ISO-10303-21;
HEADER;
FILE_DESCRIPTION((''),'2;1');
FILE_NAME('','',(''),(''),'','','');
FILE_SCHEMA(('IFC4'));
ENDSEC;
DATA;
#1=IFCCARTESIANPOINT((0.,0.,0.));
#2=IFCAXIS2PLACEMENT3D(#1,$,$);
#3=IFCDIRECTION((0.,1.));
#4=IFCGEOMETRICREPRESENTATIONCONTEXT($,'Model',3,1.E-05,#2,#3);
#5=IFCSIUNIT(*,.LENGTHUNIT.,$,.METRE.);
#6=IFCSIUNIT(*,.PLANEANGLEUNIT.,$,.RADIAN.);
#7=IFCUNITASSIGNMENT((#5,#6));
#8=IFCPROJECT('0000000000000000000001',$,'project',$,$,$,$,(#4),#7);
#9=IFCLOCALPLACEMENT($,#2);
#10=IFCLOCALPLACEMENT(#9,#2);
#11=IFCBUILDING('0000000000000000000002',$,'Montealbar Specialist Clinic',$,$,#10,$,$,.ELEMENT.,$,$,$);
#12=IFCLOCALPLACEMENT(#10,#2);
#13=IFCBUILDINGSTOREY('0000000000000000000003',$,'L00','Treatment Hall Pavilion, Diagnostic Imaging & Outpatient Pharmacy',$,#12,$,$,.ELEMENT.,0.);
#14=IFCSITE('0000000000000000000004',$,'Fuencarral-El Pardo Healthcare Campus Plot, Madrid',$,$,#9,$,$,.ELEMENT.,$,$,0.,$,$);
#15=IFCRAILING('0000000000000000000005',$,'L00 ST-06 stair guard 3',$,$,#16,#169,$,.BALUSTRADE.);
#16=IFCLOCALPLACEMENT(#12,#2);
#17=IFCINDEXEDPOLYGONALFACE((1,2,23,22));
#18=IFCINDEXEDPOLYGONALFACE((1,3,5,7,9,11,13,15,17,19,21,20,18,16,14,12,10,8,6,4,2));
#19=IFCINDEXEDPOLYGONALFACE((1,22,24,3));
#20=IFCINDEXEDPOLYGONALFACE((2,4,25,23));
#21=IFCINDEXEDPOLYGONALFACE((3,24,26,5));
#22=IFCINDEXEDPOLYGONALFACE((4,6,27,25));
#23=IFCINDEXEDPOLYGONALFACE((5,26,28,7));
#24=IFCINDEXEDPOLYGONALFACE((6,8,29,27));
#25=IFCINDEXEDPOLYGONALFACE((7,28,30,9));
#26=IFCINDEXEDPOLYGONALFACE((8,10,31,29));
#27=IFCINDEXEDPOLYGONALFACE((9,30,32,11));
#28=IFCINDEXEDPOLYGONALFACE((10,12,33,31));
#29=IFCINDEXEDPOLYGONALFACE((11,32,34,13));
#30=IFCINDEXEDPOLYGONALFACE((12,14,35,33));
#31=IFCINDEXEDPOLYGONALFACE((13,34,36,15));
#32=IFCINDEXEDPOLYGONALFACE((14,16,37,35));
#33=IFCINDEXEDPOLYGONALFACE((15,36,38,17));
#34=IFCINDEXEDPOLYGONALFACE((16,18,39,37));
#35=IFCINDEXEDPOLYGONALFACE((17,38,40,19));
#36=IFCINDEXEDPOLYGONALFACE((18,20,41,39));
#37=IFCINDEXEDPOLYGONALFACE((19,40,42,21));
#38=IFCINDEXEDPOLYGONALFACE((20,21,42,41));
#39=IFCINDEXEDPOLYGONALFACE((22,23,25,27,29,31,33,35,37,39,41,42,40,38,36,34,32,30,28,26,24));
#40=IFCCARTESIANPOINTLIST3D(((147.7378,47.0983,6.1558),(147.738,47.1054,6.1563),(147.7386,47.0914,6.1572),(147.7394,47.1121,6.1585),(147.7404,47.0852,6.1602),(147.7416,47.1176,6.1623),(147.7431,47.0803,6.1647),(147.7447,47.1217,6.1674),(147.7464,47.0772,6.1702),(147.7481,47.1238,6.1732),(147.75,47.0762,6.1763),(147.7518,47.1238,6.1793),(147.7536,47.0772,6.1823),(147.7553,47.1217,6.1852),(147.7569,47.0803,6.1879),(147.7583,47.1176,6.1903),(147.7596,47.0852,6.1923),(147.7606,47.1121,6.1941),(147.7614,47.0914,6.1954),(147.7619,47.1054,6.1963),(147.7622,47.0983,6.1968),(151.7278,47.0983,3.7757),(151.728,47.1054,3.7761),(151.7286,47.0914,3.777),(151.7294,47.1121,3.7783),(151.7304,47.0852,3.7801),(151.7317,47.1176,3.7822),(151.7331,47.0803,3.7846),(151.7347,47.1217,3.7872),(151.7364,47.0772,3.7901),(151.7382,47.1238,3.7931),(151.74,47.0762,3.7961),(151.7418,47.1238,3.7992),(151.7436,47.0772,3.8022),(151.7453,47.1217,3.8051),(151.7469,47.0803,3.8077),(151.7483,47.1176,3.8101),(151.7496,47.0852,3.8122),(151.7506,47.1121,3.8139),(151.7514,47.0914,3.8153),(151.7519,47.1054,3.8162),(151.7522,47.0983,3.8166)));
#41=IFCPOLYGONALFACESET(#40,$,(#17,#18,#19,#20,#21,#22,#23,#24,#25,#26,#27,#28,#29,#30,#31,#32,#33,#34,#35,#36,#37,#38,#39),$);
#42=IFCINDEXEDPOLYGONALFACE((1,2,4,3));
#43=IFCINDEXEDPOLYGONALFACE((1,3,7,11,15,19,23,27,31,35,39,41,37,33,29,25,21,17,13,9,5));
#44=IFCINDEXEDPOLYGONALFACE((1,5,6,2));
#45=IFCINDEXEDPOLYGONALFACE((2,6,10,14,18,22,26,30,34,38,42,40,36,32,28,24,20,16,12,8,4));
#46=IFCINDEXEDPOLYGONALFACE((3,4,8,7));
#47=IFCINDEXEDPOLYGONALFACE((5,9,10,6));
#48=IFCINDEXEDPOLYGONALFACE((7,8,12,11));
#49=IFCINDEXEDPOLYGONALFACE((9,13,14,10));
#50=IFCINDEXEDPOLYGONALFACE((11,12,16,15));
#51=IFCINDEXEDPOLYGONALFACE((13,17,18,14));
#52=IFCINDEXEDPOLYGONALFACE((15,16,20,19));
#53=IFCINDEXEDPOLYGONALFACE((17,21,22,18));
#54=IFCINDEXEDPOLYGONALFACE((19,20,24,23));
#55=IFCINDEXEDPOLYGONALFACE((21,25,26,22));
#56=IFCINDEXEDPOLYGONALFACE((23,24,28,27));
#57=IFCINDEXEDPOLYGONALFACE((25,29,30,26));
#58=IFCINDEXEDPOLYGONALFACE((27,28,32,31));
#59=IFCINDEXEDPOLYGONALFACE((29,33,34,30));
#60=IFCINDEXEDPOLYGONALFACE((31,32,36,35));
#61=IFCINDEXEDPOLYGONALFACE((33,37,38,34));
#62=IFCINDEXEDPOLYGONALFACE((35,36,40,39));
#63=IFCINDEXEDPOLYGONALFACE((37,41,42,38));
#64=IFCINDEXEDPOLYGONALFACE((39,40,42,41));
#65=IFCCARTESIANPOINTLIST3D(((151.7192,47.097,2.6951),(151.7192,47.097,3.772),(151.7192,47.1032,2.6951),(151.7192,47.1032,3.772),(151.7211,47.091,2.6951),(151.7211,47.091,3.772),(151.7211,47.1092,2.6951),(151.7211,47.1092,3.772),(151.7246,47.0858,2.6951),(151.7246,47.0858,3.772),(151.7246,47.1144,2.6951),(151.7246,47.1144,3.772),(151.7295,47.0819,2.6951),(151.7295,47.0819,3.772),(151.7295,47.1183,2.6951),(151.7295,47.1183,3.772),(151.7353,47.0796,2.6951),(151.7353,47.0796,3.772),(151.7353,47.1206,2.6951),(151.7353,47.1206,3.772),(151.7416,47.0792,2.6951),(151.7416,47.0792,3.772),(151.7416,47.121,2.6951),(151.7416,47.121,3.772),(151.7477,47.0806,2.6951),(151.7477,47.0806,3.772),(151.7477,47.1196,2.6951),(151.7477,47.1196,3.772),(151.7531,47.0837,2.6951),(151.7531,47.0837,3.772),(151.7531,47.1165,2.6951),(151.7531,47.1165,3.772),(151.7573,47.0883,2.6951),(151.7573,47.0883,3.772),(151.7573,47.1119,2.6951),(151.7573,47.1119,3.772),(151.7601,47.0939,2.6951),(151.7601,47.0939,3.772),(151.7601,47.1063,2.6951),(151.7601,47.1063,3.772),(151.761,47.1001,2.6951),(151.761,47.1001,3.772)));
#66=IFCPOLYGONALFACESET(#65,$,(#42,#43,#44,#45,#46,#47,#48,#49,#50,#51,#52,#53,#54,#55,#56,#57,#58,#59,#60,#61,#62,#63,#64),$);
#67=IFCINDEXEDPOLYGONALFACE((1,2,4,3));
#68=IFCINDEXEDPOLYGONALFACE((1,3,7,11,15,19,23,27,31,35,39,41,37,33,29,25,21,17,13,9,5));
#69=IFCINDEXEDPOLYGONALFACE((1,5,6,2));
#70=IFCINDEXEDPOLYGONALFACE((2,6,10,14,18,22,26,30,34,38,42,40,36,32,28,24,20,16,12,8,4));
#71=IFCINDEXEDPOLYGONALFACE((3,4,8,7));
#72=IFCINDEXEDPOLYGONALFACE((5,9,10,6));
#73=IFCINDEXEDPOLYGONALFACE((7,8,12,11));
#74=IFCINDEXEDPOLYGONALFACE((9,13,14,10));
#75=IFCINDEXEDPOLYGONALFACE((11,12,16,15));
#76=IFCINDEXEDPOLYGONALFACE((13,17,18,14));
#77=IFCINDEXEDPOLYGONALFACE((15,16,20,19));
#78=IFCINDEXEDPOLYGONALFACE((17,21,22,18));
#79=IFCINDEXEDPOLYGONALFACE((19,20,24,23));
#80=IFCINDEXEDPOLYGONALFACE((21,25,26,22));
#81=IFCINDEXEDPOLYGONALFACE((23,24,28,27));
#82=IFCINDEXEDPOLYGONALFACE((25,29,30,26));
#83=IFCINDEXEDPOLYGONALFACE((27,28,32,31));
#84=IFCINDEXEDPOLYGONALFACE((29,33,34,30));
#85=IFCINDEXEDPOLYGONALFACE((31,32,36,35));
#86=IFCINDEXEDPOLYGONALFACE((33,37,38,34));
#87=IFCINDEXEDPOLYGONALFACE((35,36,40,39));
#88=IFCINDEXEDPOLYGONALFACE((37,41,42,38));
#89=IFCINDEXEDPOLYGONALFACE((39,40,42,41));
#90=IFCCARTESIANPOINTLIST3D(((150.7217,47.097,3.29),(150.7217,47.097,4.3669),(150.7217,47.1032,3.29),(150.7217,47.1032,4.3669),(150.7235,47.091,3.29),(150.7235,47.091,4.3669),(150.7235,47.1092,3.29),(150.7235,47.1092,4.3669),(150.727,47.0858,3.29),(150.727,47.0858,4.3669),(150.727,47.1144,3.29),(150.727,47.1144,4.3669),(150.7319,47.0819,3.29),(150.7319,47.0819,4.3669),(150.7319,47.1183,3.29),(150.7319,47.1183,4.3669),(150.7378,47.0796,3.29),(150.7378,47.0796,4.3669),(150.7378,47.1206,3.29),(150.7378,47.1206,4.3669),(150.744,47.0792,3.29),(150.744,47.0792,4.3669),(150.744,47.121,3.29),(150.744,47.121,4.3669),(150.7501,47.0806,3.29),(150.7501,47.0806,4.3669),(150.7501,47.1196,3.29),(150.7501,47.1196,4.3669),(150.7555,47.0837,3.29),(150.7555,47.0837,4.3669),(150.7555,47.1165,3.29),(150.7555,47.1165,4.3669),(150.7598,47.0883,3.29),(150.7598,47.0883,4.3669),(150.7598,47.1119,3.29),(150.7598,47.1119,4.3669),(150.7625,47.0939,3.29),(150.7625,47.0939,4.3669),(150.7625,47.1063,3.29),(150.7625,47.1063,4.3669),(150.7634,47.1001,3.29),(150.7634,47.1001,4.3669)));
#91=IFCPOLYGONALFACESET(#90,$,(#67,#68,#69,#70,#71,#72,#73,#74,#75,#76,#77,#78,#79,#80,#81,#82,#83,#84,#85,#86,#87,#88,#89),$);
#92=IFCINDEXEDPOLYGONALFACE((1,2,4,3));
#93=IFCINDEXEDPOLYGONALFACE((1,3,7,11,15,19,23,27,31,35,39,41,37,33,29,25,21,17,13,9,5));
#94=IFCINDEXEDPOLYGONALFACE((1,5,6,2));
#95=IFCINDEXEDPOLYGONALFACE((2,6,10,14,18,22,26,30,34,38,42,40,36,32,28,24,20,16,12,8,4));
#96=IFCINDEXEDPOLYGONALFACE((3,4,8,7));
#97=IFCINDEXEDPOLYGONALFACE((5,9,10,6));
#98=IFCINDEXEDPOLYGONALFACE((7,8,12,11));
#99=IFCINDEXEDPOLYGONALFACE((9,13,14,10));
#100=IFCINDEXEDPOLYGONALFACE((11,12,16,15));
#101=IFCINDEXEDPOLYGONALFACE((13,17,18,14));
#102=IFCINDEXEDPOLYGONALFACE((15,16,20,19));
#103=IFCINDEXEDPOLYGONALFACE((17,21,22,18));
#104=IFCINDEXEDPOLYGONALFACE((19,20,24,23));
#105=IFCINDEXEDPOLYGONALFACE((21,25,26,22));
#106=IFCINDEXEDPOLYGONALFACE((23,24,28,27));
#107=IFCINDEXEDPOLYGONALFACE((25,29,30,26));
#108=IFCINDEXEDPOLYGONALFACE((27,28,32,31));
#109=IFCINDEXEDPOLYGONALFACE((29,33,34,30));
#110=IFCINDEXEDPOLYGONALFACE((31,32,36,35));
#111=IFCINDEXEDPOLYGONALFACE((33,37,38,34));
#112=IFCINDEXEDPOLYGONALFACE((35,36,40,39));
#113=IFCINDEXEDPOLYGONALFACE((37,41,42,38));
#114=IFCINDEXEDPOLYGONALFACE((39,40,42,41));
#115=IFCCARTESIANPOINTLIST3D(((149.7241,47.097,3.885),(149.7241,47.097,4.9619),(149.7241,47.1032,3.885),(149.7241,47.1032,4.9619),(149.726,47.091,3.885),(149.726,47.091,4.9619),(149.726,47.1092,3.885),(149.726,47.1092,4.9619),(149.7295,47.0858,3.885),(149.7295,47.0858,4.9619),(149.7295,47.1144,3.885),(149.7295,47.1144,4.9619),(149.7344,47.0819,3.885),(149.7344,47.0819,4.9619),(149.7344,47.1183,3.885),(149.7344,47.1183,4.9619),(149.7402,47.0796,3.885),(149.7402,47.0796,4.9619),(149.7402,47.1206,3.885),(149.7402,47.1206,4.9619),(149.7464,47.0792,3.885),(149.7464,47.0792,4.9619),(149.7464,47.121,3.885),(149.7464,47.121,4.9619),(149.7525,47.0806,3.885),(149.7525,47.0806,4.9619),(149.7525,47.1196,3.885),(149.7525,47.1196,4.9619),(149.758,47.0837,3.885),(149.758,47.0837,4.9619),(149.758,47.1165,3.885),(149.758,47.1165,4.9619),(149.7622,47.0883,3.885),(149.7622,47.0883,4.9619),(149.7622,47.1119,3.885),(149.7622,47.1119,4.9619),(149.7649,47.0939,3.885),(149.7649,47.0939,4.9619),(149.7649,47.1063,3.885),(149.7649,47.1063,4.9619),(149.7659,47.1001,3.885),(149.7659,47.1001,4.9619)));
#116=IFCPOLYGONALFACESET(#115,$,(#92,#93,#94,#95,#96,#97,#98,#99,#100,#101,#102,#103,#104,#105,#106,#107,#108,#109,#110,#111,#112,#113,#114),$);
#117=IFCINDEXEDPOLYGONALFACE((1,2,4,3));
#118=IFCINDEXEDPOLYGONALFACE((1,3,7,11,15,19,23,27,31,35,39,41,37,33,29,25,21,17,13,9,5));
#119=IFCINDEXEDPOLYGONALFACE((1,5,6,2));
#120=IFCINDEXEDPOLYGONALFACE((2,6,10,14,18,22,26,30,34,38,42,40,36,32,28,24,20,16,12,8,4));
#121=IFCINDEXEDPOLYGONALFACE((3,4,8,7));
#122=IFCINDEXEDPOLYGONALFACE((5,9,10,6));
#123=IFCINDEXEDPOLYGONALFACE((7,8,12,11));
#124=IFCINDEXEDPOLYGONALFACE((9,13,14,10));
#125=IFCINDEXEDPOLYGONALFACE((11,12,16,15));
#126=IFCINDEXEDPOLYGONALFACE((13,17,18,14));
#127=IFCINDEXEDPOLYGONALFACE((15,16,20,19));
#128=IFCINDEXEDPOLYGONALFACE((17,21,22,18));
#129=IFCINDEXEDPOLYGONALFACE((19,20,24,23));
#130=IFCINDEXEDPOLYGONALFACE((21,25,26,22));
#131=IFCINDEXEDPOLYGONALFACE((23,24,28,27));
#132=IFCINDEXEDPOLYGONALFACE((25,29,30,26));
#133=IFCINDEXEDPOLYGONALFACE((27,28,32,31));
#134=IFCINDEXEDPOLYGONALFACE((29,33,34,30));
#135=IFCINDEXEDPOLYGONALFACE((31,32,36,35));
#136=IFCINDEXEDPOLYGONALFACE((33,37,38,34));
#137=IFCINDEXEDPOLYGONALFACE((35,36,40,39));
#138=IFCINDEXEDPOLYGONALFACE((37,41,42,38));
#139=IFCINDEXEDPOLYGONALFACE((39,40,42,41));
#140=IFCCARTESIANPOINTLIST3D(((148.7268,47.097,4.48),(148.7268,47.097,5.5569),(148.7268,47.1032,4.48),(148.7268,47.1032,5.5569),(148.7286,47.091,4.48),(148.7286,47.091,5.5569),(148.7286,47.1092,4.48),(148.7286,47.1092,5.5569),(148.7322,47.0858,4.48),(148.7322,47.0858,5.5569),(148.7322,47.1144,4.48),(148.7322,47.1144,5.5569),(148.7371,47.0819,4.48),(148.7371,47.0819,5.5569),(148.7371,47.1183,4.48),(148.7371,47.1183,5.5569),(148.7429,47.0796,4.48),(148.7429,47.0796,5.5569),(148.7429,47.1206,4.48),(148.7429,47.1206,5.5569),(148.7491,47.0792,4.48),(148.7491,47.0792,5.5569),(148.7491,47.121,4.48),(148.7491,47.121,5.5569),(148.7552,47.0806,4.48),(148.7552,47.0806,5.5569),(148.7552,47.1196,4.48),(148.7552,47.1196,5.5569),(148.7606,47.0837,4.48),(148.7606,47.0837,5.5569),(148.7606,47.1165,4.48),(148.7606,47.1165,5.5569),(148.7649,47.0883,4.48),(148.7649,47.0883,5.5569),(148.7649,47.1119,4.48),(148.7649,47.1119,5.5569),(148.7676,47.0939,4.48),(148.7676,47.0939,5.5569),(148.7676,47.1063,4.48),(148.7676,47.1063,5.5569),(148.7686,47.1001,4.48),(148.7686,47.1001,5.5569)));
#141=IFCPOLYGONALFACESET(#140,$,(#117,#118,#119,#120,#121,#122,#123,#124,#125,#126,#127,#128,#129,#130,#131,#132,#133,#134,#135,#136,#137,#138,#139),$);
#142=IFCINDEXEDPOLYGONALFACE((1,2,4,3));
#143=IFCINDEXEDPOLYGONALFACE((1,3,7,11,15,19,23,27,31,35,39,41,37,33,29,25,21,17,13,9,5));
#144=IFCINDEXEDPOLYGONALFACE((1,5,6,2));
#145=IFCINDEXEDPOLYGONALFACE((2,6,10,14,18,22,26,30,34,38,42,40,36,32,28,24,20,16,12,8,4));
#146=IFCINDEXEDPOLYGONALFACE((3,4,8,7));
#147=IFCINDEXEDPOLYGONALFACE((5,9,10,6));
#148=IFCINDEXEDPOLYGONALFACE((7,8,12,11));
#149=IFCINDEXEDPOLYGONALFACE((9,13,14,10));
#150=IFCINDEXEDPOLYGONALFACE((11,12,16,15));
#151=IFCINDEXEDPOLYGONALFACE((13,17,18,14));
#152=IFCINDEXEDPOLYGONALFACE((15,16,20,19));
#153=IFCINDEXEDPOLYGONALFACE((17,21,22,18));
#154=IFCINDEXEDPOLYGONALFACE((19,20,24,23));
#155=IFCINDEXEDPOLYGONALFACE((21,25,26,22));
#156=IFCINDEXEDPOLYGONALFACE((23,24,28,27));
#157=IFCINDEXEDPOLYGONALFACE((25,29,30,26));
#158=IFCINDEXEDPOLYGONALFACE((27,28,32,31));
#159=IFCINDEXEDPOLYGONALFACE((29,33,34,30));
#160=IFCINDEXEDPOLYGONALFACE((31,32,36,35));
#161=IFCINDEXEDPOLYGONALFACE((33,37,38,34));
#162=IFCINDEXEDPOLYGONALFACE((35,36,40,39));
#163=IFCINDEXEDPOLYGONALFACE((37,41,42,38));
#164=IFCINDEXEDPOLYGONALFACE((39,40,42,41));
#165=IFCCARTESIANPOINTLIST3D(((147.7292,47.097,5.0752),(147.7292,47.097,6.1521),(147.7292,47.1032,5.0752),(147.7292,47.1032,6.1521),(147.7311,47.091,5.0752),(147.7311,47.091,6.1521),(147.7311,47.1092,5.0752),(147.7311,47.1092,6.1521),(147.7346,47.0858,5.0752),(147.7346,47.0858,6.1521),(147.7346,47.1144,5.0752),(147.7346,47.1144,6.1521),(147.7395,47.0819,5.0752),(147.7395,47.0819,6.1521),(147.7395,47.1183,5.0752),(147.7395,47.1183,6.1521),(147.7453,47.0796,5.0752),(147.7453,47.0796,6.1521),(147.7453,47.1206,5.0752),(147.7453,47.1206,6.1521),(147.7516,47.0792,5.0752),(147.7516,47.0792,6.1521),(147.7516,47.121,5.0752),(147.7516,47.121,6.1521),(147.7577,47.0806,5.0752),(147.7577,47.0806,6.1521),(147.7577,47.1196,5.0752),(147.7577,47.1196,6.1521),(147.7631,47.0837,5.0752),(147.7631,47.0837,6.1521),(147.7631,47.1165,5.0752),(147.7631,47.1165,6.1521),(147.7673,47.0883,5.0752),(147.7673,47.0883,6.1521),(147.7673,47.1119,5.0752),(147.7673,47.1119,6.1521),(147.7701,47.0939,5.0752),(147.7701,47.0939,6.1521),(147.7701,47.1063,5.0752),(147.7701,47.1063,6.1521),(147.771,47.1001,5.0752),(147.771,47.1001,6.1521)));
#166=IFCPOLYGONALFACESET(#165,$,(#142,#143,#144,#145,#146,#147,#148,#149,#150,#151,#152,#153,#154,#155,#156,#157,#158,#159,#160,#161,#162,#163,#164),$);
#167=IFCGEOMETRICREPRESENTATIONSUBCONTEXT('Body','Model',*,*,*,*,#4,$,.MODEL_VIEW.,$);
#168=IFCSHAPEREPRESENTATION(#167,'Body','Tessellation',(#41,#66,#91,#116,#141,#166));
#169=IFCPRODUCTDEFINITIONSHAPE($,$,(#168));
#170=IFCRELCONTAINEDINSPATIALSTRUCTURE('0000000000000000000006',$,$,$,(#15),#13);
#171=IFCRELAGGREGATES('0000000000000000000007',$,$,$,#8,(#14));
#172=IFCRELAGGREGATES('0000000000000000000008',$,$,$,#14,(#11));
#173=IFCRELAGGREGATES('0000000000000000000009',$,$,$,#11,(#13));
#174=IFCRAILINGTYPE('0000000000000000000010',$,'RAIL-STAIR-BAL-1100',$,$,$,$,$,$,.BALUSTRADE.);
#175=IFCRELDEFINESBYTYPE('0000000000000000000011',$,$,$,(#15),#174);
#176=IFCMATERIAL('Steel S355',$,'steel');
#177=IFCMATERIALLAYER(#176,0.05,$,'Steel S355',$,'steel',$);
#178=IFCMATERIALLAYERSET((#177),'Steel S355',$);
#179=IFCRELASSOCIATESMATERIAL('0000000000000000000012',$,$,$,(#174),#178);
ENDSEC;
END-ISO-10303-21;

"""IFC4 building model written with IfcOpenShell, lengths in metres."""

from ifc_helpers import new_model, si_unit, direction, frame, origin, origin_2d, place, context, subcontext, project, spatial, circle, extrude, material, layer, layer_set, type_object, element, save


model = new_model("IFC4")

# Units and contexts
model_context = context("Model", 3, precision=1e-05, world=origin(), true_north=direction((0.0, 1.0)))
body_context = subcontext(model_context, "Body", "Model", "MODEL_VIEW")
ifc_project = project(units=[si_unit("LENGTHUNIT", "METRE"), si_unit("PLANEANGLEUNIT", "RADIAN")], contexts=[model_context])

# Site, building, storey
site_placement = place(None, origin())
site = spatial("IfcSite", under=ifc_project, at=site_placement, Name="Fuencarral-El Pardo Healthcare Campus Plot, Madrid", CompositionType="ELEMENT", RefElevation=0.0)
building_placement = place(site_placement, origin())
building = spatial("IfcBuilding", under=site, at=building_placement, Name="Montealbar Specialist Clinic", CompositionType="ELEMENT")
storey_placement = place(building_placement, origin())
storey = spatial("IfcBuildingStorey", under=building, at=storey_placement, Name="L00", Description="Treatment Hall Pavilion, Diagnostic Imaging & Outpatient Pharmacy", CompositionType="ELEMENT", Elevation=0.0)

# Shared definitions
ifc_material_1 = material(Name="Steel S355", Category="steel")

# Railing
ifc_layer_1 = layer(ifc_material_1, 0.05, Name="Steel S355", Category="steel")
ifc_layer_set_1 = layer_set([ifc_layer_1], Name="Steel S355")
railing_type_1 = type_object("IfcRailingType", Name="RAIL-STAIR-BAL-1100", PredefinedType="BALUSTRADE", material=ifc_layer_set_1)
railing_1_placement = place(storey_placement, frame((151.74, 47.1001, 2.72)))
element("IfcRailing", 1, at=railing_1_placement, inside=storey, type_object=railing_type_1, Name="L00 ST-06 stair guard 3", PredefinedType="BALUSTRADE", context=body_context, shape_type="SweptSolid", body=[
    extrude(circle(Radius=0.0239, at=origin_2d()), frame((0.0, 0.0, 1.0762), z_axis=(-0.858807, 0.0, 0.512299), x_axis=(0.0, -1.0, 0.0)), (0.0, 0.0, 1.0), 4.646),
    extrude(circle(Radius=0.021, at=origin_2d()), frame((0.0, 0.0, -0.0249)), (0.0, 0.0, 1.0), 1.0769),
    extrude(circle(Radius=0.021, at=origin_2d()), frame((-0.9976, 0.0, 0.5701)), (0.0, 0.0, 1.0), 1.0769),
    extrude(circle(Radius=0.021, at=origin_2d()), frame((-1.9951, 0.0, 1.165)), (0.0, 0.0, 1.0), 1.0769),
    extrude(circle(Radius=0.021, at=origin_2d()), frame((-2.9924, 0.0, 1.76)), (0.0, 0.0, 1.0), 1.0769),
    extrude(circle(Radius=0.021, at=origin_2d()), frame((-3.99, 0.0, 2.3552)), (0.0, 0.0, 1.0), 1.0769),
])

save(model, "model.ifc")
